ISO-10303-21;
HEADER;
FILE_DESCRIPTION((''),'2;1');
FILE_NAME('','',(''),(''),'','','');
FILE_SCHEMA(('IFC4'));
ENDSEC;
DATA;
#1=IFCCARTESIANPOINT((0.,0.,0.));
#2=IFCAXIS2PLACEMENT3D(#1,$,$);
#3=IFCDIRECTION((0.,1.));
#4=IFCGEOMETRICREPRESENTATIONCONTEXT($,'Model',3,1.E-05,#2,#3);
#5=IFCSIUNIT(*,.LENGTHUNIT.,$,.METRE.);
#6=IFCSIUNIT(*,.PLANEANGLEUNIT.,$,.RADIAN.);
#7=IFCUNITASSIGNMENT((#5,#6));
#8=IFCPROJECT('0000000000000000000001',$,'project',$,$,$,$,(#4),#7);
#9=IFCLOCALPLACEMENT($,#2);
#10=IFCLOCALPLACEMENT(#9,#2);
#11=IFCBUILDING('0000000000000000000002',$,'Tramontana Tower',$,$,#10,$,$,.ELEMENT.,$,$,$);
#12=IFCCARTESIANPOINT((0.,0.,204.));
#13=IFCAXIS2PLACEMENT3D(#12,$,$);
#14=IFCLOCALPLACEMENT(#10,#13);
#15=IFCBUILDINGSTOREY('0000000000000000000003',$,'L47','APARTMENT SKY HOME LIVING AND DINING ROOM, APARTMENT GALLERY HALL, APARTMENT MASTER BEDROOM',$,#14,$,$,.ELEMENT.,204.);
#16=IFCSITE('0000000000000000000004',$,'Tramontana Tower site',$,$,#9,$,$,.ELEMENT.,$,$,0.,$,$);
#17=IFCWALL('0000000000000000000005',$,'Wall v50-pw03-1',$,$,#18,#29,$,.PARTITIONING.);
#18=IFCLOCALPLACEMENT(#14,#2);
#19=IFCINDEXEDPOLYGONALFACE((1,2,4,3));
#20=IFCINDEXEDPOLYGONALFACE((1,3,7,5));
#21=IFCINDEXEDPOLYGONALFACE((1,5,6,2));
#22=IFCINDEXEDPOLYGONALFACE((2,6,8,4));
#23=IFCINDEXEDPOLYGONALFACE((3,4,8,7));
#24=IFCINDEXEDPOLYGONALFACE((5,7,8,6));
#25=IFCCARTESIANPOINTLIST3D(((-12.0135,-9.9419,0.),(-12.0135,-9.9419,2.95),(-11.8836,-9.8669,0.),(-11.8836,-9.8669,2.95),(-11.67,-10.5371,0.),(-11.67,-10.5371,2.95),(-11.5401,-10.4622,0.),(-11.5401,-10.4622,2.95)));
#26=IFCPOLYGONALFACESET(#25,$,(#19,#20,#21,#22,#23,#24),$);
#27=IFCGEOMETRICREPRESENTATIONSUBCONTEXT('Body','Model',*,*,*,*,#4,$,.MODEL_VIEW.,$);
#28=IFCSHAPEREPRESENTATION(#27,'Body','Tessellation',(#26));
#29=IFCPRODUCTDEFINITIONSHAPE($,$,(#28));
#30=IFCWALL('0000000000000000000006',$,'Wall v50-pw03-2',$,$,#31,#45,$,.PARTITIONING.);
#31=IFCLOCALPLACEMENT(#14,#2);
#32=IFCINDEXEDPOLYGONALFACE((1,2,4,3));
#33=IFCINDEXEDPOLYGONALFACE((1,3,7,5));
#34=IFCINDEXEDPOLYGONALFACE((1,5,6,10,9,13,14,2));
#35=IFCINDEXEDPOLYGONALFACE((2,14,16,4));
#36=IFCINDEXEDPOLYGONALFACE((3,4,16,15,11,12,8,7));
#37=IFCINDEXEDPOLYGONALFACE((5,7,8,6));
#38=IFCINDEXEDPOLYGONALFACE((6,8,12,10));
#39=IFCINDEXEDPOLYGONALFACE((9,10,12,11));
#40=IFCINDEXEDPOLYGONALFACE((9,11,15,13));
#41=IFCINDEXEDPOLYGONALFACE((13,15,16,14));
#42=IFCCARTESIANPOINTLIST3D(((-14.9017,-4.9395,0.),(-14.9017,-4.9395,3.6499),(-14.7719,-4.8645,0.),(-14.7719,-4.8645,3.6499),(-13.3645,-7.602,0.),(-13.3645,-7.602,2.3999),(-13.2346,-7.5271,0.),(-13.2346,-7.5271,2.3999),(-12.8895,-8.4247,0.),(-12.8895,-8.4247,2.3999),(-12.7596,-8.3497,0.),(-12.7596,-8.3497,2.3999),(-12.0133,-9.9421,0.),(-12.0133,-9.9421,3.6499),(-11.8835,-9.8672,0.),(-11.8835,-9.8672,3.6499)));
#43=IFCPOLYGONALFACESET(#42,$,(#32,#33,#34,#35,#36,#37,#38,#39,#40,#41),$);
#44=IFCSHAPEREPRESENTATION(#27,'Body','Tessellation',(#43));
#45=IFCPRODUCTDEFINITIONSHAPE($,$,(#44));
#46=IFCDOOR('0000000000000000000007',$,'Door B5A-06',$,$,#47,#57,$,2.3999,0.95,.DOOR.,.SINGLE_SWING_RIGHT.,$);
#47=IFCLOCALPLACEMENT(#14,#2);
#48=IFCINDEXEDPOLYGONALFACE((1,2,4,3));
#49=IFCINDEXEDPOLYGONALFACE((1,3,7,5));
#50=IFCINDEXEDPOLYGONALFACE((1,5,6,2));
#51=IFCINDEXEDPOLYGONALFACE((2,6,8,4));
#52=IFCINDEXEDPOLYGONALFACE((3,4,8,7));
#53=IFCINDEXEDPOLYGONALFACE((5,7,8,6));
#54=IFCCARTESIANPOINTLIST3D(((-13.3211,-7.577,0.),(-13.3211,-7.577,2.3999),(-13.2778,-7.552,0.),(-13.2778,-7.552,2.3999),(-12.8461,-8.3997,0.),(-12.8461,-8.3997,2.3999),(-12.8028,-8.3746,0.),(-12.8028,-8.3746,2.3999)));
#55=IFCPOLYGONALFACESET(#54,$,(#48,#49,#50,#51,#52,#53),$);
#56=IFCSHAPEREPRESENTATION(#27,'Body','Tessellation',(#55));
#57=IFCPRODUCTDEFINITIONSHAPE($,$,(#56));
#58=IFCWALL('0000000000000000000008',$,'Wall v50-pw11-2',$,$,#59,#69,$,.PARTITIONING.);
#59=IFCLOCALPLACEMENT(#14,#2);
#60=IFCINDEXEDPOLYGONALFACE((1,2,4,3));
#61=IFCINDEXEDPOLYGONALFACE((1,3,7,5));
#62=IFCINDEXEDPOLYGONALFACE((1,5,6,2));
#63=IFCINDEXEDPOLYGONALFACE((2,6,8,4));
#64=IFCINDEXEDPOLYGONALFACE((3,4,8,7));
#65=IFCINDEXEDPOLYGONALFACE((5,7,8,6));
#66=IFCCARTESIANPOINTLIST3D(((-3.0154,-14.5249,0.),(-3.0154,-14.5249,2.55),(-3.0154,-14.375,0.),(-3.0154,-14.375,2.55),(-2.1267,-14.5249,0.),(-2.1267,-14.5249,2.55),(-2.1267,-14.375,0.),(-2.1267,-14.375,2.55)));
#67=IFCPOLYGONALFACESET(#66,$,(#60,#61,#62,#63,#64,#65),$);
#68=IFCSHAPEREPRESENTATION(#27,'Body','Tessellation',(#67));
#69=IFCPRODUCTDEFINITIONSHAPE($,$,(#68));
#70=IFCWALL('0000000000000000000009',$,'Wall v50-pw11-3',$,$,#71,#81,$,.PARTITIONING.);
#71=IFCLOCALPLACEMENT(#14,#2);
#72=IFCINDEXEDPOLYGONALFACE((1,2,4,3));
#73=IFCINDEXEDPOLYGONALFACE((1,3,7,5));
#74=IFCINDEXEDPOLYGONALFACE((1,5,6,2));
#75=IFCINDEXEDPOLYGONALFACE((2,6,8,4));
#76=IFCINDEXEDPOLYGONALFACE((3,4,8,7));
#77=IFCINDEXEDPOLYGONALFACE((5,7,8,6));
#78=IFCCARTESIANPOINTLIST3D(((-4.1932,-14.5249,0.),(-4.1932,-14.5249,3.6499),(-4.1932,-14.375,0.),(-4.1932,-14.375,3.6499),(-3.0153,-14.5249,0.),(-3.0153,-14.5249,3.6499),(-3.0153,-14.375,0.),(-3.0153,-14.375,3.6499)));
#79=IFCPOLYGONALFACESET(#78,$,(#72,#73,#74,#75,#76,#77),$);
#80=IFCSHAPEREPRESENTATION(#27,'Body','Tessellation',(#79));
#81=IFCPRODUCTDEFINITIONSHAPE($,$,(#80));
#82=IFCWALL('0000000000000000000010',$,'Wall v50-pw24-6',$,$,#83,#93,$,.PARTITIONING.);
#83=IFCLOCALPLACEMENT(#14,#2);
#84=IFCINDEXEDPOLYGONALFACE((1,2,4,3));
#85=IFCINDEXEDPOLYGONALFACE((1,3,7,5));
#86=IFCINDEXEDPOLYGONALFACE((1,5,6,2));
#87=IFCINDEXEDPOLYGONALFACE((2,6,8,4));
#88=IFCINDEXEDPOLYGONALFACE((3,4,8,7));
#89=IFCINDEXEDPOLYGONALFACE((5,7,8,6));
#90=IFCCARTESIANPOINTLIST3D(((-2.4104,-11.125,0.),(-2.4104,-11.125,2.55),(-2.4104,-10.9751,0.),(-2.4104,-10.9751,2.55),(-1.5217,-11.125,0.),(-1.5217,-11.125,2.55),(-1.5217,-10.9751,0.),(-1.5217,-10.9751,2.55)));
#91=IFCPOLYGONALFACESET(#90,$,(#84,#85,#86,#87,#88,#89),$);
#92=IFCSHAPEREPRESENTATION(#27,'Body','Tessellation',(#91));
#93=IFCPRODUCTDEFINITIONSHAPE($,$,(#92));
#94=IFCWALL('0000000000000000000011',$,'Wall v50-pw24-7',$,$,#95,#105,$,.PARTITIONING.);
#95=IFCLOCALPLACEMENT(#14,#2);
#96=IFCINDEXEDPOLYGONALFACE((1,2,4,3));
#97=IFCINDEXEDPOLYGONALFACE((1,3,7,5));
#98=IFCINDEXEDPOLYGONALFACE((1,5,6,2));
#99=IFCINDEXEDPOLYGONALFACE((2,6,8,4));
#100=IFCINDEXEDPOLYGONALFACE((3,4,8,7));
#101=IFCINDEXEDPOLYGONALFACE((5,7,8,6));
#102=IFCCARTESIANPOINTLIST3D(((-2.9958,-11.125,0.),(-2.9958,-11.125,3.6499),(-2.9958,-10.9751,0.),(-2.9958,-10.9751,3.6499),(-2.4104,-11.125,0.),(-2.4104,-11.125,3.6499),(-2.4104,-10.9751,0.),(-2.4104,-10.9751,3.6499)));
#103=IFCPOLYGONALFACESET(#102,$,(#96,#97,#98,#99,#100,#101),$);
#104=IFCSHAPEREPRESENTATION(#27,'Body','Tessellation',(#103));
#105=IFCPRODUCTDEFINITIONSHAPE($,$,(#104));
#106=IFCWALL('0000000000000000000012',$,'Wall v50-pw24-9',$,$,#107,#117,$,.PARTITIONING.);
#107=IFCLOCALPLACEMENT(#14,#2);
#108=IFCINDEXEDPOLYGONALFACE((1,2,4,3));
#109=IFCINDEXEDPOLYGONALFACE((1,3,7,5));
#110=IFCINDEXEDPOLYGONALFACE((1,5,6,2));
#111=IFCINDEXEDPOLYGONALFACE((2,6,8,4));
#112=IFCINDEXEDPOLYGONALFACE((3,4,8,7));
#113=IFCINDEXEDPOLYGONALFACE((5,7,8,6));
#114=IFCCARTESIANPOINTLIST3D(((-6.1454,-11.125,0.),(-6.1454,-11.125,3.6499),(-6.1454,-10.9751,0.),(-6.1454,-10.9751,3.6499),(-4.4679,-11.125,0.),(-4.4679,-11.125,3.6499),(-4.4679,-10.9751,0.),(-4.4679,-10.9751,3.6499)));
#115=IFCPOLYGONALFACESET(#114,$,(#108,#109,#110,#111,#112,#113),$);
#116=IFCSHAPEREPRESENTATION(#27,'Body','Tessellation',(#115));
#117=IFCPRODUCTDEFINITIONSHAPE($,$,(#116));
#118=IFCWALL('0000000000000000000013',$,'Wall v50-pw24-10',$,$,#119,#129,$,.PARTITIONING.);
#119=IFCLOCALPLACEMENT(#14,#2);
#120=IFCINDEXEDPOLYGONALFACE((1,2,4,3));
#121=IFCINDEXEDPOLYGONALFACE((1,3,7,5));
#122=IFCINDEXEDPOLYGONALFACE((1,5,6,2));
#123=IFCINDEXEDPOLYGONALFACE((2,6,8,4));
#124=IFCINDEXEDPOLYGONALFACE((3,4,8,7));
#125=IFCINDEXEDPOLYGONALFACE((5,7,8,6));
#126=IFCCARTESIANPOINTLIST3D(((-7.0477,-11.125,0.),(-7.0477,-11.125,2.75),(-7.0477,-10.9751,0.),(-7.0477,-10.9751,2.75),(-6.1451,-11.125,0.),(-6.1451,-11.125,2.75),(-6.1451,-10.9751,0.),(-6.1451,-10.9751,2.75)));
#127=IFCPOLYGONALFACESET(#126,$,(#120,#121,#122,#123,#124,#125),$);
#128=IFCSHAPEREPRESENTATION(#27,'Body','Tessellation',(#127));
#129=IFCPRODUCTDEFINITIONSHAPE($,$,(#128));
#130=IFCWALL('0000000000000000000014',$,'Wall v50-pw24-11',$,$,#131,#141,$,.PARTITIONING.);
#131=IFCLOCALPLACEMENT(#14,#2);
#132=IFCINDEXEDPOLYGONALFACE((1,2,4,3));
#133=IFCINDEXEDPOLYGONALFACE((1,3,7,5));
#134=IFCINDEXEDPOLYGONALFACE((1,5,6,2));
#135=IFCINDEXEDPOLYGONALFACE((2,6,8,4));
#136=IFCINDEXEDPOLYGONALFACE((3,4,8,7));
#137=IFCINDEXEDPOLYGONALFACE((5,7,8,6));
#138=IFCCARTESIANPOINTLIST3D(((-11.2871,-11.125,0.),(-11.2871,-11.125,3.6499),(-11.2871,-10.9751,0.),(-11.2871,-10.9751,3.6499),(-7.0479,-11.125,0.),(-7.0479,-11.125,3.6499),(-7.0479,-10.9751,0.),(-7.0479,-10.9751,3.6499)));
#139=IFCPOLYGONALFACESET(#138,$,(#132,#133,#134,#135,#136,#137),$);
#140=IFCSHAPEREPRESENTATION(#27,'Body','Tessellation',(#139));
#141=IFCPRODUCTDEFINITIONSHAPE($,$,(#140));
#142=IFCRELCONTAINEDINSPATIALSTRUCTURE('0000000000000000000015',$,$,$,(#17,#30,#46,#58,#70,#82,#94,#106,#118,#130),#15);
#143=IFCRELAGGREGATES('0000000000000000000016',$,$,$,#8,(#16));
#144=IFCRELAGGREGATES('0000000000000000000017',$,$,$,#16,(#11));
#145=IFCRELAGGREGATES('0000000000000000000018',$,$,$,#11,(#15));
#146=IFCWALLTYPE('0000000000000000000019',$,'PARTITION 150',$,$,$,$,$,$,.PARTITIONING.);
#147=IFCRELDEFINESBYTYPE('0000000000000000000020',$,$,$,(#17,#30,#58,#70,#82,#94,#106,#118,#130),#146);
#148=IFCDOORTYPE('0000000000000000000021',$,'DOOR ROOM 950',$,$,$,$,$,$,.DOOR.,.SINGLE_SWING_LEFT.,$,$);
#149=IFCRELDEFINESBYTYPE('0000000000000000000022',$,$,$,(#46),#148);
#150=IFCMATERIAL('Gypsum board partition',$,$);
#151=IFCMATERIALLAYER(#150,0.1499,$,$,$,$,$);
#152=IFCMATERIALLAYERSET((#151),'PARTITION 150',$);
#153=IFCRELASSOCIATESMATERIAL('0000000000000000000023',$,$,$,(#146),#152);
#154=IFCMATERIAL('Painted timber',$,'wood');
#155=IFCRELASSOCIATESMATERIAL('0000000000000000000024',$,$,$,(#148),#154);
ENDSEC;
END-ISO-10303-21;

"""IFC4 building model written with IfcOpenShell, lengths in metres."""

from ifc_helpers import new_model, si_unit, direction, frame, frame_2d, origin, place, context, subcontext, project, spatial, rectangle, extrude, material, layer, layer_set, type_object, element, fill, save


model = new_model("IFC4")

# Units and contexts
model_context = context("Model", 3, precision=1e-05, world=origin(), true_north=direction((0.0, 1.0)))
body_context = subcontext(model_context, "Body", "Model", "MODEL_VIEW")
ifc_project = project(units=[si_unit("LENGTHUNIT", "METRE"), si_unit("PLANEANGLEUNIT", "RADIAN")], contexts=[model_context])

# Site, building, storey
site_placement = place(None, origin())
site = spatial("IfcSite", under=ifc_project, at=site_placement, Name="Tramontana Tower site", CompositionType="ELEMENT", RefElevation=0.0)
building_placement = place(site_placement, origin())
building = spatial("IfcBuilding", under=site, at=building_placement, Name="Tramontana Tower", CompositionType="ELEMENT")
storey_placement = place(building_placement, frame((0.0, 0.0, 204.0)))
storey = spatial("IfcBuildingStorey", under=building, at=storey_placement, Name="L47", Description="APARTMENT SKY HOME LIVING AND DINING ROOM, APARTMENT GALLERY HALL, APARTMENT MASTER BEDROOM", CompositionType="ELEMENT", Elevation=204.0)

# Wall
ifc_material_1 = material(Name="Gypsum board partition")
ifc_layer_1 = layer(ifc_material_1, 0.1499)
ifc_layer_set_1 = layer_set([ifc_layer_1], Name="PARTITION 150")
wall_type_1 = type_object("IfcWallType", Name="PARTITION 150", PredefinedType="PARTITIONING", material=ifc_layer_set_1)
wall_1_placement = place(storey_placement, frame((-11.605, -10.4998, 0.0), z_axis=(0.0, 0.0, 1.0), x_axis=(-0.499845, 0.866115, 0.0)))
element("IfcWall", 1, at=wall_1_placement, inside=storey, type_object=wall_type_1, Name="Wall v50-pw03-1", PredefinedType="PARTITIONING", context=body_context, shape_type="SweptSolid", body=[
    extrude(rectangle(XDim=0.6873, YDim=0.1499, at=frame_2d((0.3438, 0.0))), origin(), (0.0, 0.0, 1.0), 2.95),
])

# Wall, opening, door
wall_2_placement = place(storey_placement, frame((-11.9485, -9.9045, 0.0), z_axis=(0.0, 0.0, 1.0), x_axis=(-0.500016, 0.866016, 0.0)))
wall_2 = element("IfcWall", 2, at=wall_2_placement, inside=storey, type_object=wall_type_1, Name="Wall v50-pw03-2", PredefinedType="PARTITIONING", context=body_context, shape_type="SweptSolid", body=[
    extrude(rectangle(XDim=5.7766, YDim=0.1499, at=frame_2d((2.8882, 0.0))), origin(), (0.0, 0.0, 1.0), 3.6499),
])
opening_1_placement = place(wall_2_placement, frame((1.752, 0.0, 0.0)))
opening_1 = element("IfcOpeningElement", 3, at=opening_1_placement, cuts=wall_2, PredefinedType="OPENING", context=body_context, shape_type="SweptSolid", body=[
    extrude(rectangle(XDim=0.95, YDim=2.3999, at=frame_2d((0.4751, 1.2))), frame((0.0, 0.085, 0.0), z_axis=(0.0, -1.0, 0.0), x_axis=(1.0, 0.0, 0.0)), (0.0, 0.0, 1.0), 0.1699),
])
ifc_material_2 = material(Name="Painted timber", Category="wood")
door_type_1 = type_object("IfcDoorType", Name="DOOR ROOM 950", OperationType="SINGLE_SWING_LEFT", PredefinedType="DOOR", material=ifc_material_2)
door_1_placement = place(opening_1_placement, origin())
door_1 = element("IfcDoor", 4, at=door_1_placement, inside=storey, type_object=door_type_1, Name="Door B5A-06", OperationType="SINGLE_SWING_RIGHT", OverallHeight=2.3999, OverallWidth=0.95, PredefinedType="DOOR", context=body_context, shape_type="SweptSolid", body=[
    extrude(rectangle(XDim=0.95, YDim=2.3999, at=frame_2d((0.4751, 1.2))), frame((0.0, 0.0249, 0.0), z_axis=(0.0, -1.0, 0.0), x_axis=(1.0, 0.0, 0.0)), (0.0, 0.0, 1.0), 0.05),
])
fill(opening_1, door_1)

# Walls
wall_3_placement = place(storey_placement, frame((-2.1267, -14.45, 0.0), z_axis=(0.0, 0.0, 1.0), x_axis=(-1.0, 0.0, 0.0)))
element("IfcWall", 5, at=wall_3_placement, inside=storey, type_object=wall_type_1, Name="Wall v50-pw11-2", PredefinedType="PARTITIONING", context=body_context, shape_type="SweptSolid", body=[
    extrude(rectangle(XDim=0.8887, YDim=0.1499, at=frame_2d((0.4443, 0.0))), origin(), (0.0, 0.0, 1.0), 2.55),
])
wall_4_placement = place(storey_placement, frame((-3.0154, -14.45, 0.0), z_axis=(0.0, 0.0, 1.0), x_axis=(-1.0, 0.0, 0.0)))
element("IfcWall", 6, at=wall_4_placement, inside=storey, type_object=wall_type_1, Name="Wall v50-pw11-3", PredefinedType="PARTITIONING", context=body_context, shape_type="SweptSolid", body=[
    extrude(rectangle(XDim=1.178, YDim=0.1499, at=frame_2d((0.5889, 0.0))), origin(), (0.0, 0.0, 1.0), 3.6499),
])

# Walls
wall_5_placement = place(storey_placement, frame((-1.5217, -11.05, 0.0), z_axis=(0.0, 0.0, 1.0), x_axis=(-1.0, 0.0, 0.0)))
element("IfcWall", 7, at=wall_5_placement, inside=storey, type_object=wall_type_1, Name="Wall v50-pw24-6", PredefinedType="PARTITIONING", context=body_context, shape_type="SweptSolid", body=[
    extrude(rectangle(XDim=0.8887, YDim=0.1499, at=frame_2d((0.4443, 0.0))), origin(), (0.0, 0.0, 1.0), 2.55),
])
wall_6_placement = place(storey_placement, frame((-2.4104, -11.05, 0.0), z_axis=(0.0, 0.0, 1.0), x_axis=(-1.0, 0.0, 0.0)))
element("IfcWall", 8, at=wall_6_placement, inside=storey, type_object=wall_type_1, Name="Wall v50-pw24-7", PredefinedType="PARTITIONING", context=body_context, shape_type="SweptSolid", body=[
    extrude(rectangle(XDim=0.5854, YDim=0.1499, at=frame_2d((0.2927, 0.0))), origin(), (0.0, 0.0, 1.0), 3.6499),
])

# Walls
wall_7_placement = place(storey_placement, frame((-4.4678, -11.05, 0.0), z_axis=(0.0, 0.0, 1.0), x_axis=(-1.0, 0.0, 0.0)))
element("IfcWall", 9, at=wall_7_placement, inside=storey, type_object=wall_type_1, Name="Wall v50-pw24-9", PredefinedType="PARTITIONING", context=body_context, shape_type="SweptSolid", body=[
    extrude(rectangle(XDim=1.6775, YDim=0.1499, at=frame_2d((0.8389, 0.0))), origin(), (0.0, 0.0, 1.0), 3.6499),
])
wall_8_placement = place(storey_placement, frame((-6.1453, -11.05, 0.0), z_axis=(0.0, 0.0, 1.0), x_axis=(-1.0, 0.0, 0.0)))
element("IfcWall", 10, at=wall_8_placement, inside=storey, type_object=wall_type_1, Name="Wall v50-pw24-10", PredefinedType="PARTITIONING", context=body_context, shape_type="SweptSolid", body=[
    extrude(rectangle(XDim=0.9026, YDim=0.1499, at=frame_2d((0.4512, 0.0))), origin(), (0.0, 0.0, 1.0), 2.75),
])
wall_9_placement = place(storey_placement, frame((-7.0479, -11.05, 0.0), z_axis=(0.0, 0.0, 1.0), x_axis=(-1.0, 0.0, 0.0)))
element("IfcWall", 11, at=wall_9_placement, inside=storey, type_object=wall_type_1, Name="Wall v50-pw24-11", PredefinedType="PARTITIONING", context=body_context, shape_type="SweptSolid", body=[
    extrude(rectangle(XDim=4.2393, YDim=0.1499, at=frame_2d((2.1196, 0.0))), origin(), (0.0, 0.0, 1.0), 3.6499),
])

save(model, "model.ifc")
